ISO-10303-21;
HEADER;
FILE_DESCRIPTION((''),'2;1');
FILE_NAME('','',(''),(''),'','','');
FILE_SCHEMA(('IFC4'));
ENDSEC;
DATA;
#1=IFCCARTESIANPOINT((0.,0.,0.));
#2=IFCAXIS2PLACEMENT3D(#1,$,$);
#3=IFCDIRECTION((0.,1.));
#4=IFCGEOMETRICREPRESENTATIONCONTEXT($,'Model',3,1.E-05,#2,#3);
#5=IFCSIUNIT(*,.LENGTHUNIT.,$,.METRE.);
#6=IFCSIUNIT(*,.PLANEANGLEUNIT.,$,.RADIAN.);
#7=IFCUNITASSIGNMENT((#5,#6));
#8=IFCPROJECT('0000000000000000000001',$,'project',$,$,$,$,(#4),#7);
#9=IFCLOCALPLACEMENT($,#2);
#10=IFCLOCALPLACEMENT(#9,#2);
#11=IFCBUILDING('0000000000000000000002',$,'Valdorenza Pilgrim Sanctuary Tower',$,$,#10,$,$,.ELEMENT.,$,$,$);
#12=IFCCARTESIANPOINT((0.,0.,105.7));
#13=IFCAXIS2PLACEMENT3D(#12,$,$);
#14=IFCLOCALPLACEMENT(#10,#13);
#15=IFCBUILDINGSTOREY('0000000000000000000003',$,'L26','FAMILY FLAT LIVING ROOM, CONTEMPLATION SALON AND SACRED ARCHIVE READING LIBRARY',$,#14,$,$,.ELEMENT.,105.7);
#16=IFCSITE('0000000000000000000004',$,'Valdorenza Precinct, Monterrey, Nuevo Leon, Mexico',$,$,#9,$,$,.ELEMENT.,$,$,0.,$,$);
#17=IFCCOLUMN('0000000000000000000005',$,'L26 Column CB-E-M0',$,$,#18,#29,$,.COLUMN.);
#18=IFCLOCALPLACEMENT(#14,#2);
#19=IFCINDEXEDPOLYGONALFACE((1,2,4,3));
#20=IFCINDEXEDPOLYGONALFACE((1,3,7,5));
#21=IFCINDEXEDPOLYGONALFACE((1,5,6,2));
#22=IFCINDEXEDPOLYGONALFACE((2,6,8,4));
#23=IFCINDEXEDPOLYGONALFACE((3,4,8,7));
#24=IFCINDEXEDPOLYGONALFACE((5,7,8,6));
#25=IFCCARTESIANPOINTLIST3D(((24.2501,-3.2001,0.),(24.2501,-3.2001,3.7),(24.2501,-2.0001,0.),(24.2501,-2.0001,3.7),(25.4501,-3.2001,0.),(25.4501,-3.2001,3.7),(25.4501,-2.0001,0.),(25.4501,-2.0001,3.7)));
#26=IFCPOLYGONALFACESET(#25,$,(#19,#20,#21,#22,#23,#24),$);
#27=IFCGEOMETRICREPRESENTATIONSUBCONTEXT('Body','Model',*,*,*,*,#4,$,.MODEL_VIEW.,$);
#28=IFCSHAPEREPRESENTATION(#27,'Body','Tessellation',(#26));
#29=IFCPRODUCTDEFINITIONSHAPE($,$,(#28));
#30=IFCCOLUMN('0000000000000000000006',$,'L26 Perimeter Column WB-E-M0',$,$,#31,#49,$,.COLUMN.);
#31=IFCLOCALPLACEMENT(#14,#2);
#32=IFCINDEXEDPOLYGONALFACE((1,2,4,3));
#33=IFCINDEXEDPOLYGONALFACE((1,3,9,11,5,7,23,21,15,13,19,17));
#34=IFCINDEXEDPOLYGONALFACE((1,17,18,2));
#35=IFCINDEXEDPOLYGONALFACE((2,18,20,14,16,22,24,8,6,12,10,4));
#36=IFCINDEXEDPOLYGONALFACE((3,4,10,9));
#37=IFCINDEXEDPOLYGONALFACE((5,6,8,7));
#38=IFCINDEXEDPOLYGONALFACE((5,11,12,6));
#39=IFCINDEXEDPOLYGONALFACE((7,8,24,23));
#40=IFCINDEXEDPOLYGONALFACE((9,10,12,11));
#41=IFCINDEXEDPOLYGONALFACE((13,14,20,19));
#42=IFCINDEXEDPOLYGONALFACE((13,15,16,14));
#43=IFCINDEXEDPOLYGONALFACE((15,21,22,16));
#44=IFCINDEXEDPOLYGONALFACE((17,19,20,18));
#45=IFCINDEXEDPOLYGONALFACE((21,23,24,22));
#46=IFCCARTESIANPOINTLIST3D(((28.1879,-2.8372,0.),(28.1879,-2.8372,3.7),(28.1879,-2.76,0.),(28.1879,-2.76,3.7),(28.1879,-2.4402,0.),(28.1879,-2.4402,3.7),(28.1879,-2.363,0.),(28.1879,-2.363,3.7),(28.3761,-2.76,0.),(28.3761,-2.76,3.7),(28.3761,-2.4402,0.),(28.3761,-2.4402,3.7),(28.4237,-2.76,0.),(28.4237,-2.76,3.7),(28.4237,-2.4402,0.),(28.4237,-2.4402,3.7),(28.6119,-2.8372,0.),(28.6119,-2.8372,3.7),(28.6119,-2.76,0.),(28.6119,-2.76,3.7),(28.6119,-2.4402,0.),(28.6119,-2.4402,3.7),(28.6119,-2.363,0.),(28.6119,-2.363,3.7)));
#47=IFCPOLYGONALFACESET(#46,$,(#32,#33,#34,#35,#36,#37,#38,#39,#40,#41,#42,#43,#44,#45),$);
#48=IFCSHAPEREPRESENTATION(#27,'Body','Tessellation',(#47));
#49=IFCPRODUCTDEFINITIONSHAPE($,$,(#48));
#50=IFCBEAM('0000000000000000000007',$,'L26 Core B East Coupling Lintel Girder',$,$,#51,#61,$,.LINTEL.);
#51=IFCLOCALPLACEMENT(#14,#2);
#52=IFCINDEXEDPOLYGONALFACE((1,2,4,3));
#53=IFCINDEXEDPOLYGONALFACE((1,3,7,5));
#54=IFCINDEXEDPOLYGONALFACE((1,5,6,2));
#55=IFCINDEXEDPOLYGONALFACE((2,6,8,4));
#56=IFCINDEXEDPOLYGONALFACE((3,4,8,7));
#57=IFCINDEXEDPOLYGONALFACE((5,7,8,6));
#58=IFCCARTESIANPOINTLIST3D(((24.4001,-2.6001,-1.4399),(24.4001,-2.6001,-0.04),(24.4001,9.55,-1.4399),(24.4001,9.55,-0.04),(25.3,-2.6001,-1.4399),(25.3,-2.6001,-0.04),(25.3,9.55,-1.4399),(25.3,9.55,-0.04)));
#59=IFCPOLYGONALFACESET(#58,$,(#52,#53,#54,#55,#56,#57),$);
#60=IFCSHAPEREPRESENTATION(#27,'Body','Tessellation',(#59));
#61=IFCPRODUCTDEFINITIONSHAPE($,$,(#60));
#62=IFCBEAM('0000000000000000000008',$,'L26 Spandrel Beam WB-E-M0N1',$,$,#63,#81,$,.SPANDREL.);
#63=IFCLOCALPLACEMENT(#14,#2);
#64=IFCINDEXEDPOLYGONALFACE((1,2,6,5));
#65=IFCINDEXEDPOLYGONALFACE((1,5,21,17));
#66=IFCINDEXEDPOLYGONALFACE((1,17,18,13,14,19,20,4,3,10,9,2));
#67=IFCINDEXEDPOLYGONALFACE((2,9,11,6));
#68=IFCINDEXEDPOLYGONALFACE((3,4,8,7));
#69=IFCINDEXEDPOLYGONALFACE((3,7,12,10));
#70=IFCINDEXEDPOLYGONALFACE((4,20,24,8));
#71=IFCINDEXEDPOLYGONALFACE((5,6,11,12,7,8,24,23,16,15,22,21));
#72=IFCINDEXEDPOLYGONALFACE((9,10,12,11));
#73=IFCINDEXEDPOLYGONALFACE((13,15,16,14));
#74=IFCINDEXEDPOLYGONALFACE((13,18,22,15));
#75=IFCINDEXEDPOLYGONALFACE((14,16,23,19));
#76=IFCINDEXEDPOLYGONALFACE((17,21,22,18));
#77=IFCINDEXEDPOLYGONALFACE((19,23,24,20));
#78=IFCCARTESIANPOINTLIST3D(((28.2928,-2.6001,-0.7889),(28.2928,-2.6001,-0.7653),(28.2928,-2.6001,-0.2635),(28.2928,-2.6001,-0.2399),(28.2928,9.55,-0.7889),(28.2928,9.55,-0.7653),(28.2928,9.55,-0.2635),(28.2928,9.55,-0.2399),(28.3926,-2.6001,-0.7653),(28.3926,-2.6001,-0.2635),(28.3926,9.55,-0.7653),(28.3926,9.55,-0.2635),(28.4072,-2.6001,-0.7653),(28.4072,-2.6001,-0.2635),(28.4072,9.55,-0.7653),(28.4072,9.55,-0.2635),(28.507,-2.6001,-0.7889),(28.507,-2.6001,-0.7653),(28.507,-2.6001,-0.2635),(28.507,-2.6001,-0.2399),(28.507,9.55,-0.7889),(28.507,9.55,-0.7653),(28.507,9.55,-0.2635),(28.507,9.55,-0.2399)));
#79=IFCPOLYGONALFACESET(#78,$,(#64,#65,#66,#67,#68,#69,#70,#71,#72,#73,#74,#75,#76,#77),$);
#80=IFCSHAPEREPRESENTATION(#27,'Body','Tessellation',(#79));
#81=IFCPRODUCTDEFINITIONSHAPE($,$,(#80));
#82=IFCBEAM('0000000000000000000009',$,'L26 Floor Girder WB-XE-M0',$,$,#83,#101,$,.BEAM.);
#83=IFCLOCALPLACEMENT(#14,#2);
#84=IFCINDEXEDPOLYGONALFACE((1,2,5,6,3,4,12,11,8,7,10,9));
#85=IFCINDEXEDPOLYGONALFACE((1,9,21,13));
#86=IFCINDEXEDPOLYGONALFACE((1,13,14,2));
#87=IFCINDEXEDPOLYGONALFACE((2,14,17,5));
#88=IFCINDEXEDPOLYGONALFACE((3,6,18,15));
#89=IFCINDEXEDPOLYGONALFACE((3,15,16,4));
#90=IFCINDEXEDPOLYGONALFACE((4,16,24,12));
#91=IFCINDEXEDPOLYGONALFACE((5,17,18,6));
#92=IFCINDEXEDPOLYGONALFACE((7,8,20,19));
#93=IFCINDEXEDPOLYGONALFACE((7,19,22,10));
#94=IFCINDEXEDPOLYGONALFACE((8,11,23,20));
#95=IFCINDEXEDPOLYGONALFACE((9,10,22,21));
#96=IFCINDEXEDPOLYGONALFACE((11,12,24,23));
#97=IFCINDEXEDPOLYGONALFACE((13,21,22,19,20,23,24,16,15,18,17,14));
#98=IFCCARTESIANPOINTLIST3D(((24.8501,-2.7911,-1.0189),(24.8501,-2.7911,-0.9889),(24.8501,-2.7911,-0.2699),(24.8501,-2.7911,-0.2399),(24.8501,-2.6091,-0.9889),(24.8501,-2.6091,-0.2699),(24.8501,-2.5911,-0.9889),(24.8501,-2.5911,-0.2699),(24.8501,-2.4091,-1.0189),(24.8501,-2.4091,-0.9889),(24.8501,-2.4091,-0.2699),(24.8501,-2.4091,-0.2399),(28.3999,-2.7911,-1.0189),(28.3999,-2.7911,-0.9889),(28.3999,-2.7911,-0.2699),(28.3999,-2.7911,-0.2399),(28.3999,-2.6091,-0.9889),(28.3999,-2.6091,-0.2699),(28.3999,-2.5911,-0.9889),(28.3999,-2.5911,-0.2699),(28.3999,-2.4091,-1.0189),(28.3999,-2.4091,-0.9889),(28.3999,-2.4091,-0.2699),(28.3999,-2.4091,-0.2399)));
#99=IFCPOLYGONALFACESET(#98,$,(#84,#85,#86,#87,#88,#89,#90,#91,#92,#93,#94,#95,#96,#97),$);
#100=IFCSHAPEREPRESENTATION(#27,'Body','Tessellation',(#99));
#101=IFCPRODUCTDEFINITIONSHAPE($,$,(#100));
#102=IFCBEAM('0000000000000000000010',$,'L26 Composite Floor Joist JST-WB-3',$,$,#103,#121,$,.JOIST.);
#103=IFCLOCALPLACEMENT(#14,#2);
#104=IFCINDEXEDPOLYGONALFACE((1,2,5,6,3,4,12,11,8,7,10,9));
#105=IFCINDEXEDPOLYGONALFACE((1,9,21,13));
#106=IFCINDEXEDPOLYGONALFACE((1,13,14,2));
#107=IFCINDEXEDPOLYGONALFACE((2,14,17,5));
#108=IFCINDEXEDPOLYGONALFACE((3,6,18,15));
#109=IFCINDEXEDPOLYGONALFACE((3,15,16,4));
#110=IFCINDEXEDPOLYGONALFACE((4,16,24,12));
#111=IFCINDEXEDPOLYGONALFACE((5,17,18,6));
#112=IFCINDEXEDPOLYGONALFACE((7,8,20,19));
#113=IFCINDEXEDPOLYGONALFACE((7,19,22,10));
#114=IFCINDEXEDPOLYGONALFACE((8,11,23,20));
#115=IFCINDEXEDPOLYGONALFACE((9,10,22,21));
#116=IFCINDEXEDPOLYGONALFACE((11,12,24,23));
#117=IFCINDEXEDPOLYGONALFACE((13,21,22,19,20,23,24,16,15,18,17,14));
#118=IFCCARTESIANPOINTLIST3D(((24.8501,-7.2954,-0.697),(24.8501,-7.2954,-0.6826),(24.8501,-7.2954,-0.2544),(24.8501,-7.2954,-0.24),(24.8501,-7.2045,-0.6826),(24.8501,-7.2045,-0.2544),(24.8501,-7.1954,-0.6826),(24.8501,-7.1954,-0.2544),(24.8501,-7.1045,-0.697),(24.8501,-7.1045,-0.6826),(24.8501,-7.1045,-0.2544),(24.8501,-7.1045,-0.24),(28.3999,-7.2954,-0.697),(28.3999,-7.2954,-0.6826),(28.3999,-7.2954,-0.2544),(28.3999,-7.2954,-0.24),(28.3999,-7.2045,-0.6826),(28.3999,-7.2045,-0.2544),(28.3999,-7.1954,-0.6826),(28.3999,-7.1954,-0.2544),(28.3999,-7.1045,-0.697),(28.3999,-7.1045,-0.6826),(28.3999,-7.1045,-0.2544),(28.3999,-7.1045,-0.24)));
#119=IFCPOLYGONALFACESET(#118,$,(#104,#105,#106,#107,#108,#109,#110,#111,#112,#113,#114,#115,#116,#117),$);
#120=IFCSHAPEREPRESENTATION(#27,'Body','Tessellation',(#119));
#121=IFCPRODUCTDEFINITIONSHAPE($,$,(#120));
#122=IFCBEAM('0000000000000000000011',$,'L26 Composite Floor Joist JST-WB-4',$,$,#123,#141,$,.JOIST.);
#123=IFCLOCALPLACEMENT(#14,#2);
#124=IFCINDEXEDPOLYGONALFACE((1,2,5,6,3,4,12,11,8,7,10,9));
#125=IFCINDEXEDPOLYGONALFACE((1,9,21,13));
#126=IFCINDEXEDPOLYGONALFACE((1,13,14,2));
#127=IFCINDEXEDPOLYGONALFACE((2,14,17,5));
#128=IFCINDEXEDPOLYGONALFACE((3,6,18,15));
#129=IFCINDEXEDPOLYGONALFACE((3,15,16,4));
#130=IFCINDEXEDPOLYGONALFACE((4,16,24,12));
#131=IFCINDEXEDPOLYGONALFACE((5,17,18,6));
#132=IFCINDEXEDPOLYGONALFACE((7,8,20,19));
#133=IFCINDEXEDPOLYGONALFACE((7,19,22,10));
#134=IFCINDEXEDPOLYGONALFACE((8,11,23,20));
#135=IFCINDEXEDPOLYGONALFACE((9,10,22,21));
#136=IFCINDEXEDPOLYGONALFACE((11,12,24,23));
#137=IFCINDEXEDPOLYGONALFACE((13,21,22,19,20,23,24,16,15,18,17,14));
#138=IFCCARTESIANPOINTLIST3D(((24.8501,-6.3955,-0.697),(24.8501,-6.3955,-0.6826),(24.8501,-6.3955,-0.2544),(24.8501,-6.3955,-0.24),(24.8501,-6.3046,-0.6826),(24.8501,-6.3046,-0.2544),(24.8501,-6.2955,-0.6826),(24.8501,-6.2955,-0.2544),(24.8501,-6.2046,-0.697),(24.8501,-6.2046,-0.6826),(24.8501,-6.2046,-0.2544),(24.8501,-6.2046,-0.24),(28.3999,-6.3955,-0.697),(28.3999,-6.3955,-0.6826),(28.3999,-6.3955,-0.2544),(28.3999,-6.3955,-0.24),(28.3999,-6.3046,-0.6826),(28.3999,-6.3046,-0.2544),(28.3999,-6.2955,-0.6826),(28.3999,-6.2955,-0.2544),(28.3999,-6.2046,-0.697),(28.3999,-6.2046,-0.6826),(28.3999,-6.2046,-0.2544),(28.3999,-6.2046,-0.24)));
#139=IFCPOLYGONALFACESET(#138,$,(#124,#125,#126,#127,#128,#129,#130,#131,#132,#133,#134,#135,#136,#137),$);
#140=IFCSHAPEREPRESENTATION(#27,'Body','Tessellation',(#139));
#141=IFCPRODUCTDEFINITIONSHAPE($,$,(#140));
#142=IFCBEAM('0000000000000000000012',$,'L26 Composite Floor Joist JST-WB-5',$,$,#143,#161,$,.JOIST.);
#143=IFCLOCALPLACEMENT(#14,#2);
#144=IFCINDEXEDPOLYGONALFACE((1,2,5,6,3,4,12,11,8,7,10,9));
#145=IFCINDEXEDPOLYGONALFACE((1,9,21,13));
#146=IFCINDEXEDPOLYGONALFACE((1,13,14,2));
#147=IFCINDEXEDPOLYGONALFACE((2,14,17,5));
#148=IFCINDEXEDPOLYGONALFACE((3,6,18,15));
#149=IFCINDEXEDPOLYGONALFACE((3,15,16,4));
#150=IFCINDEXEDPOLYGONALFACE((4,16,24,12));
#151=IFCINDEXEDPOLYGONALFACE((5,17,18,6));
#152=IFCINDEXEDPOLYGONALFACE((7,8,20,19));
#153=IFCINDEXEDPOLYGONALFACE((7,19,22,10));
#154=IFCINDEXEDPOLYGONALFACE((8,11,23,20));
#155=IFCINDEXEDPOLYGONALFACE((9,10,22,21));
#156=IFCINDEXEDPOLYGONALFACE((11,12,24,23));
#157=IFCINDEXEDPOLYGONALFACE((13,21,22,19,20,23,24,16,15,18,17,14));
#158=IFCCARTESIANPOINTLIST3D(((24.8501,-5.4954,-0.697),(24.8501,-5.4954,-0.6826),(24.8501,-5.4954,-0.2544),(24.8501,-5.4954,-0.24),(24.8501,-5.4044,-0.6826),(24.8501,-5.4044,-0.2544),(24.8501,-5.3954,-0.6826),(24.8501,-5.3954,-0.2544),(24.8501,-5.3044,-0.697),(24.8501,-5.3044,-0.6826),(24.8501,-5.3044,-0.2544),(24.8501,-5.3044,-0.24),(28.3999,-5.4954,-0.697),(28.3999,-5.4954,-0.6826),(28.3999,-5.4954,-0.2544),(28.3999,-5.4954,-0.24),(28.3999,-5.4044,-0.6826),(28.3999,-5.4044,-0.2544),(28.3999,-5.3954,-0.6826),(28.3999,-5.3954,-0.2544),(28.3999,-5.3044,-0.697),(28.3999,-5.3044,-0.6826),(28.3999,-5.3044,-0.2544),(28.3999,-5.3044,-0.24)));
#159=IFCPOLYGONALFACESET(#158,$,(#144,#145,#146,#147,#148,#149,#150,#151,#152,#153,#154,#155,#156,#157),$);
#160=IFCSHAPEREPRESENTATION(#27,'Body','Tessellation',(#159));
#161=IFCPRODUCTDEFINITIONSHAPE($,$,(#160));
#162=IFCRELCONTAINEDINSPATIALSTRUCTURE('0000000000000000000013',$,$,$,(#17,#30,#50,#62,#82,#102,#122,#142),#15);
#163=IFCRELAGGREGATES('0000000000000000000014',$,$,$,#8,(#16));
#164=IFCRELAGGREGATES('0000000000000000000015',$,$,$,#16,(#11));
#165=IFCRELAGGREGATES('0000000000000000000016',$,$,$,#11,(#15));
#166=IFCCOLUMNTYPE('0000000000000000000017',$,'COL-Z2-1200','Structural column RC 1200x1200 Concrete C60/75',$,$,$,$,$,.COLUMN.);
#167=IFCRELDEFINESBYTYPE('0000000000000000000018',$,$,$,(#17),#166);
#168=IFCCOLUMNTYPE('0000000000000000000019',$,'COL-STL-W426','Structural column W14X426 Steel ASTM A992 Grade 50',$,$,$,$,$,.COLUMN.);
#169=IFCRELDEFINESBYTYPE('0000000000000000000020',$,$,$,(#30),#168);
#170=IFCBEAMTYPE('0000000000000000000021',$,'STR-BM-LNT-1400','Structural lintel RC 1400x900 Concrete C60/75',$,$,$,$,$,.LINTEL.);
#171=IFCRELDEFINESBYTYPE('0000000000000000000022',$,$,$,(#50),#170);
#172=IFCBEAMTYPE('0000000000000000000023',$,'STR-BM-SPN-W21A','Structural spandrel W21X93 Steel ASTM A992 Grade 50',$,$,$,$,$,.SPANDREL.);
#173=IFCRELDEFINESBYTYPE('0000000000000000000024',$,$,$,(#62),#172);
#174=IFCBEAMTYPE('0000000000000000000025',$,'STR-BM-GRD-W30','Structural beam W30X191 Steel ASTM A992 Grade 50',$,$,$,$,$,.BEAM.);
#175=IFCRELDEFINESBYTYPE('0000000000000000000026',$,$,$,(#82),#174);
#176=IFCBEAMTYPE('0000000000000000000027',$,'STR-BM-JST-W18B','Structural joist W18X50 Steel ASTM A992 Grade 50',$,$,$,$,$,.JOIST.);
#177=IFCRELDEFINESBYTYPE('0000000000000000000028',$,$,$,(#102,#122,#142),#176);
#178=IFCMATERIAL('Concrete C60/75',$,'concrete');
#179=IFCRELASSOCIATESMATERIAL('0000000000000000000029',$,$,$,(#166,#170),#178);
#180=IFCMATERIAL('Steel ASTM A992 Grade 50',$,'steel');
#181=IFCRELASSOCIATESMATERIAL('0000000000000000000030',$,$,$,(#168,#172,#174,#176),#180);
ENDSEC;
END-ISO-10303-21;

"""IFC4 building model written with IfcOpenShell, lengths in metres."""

from ifc_helpers import new_model, si_unit, direction, frame, origin, origin_2d, place, context, subcontext, project, spatial, rectangle, i_section, extrude, source, transform, mapped, material, material_profile, profile_set, type_object, element, save


model = new_model("IFC4")

# Units and contexts
model_context = context("Model", 3, precision=1e-05, world=origin(), true_north=direction((0.0, 1.0)))
body_context = subcontext(model_context, "Body", "Model", "MODEL_VIEW")
ifc_project = project(units=[si_unit("LENGTHUNIT", "METRE"), si_unit("PLANEANGLEUNIT", "RADIAN")], contexts=[model_context])

# Site, building, storey
site_placement = place(None, origin())
site = spatial("IfcSite", under=ifc_project, at=site_placement, Name="Valdorenza Precinct, Monterrey, Nuevo Leon, Mexico", CompositionType="ELEMENT", RefElevation=0.0)
building_placement = place(site_placement, origin())
building = spatial("IfcBuilding", under=site, at=building_placement, Name="Valdorenza Pilgrim Sanctuary Tower", CompositionType="ELEMENT")
storey_placement = place(building_placement, frame((0.0, 0.0, 105.7)))
storey = spatial("IfcBuildingStorey", under=building, at=storey_placement, Name="L26", Description="FAMILY FLAT LIVING ROOM, CONTEMPLATION SALON AND SACRED ARCHIVE READING LIBRARY", CompositionType="ELEMENT", Elevation=105.7)

# Columns
ifc_material_1 = material(Name="Concrete C60/75", Category="concrete")
ifc_material_profile_1 = material_profile(ifc_material_1, rectangle(XDim=1.2, YDim=1.2, at=origin_2d()), Name="RC 1200x1200")
ifc_profile_set_1 = profile_set([ifc_material_profile_1], Name="Concrete C60/75")
column_type_1 = type_object("IfcColumnType", Name="COL-Z2-1200", Description="Structural column RC 1200x1200 Concrete C60/75", PredefinedType="COLUMN", material=ifc_profile_set_1)
shared_shape_1 = source(origin(), body_context, "Body", "SweptSolid", [
    extrude(rectangle(XDim=1.2, YDim=1.2, at=origin_2d()), origin(), (0.0, 0.0, 1.0), 3.7),
])
column_1_placement = place(storey_placement, frame((24.8501, -2.6001, 0.0), z_axis=(0.0, 0.0, 1.0), x_axis=(1.0, 0.0, 0.0)))
element("IfcColumn", 1, at=column_1_placement, inside=storey, type_object=column_type_1, Name="L26 Column CB-E-M0", PredefinedType="COLUMN", context=body_context, shape_type="MappedRepresentation", body=[
    mapped(shared_shape_1, transform((0.0, 0.0, 0.0), x_axis=(1.0, 0.0, 0.0), y_axis=(0.0, 1.0, 0.0), z_axis=(0.0, 0.0, 1.0), scale=1.0)),
])
ifc_material_2 = material(Name="Steel ASTM A992 Grade 50", Category="steel")
ifc_material_profile_2 = material_profile(ifc_material_2, i_section(OverallWidth=0.4241, OverallDepth=0.4741, WebThickness=0.0476, FlangeThickness=0.0771, at=origin_2d()), Name="W14X426")
ifc_profile_set_2 = profile_set([ifc_material_profile_2], Name="Steel ASTM A992 Grade 50")
column_type_2 = type_object("IfcColumnType", Name="COL-STL-W426", Description="Structural column W14X426 Steel ASTM A992 Grade 50", PredefinedType="COLUMN", material=ifc_profile_set_2)
shared_shape_2 = source(origin(), body_context, "Body", "SweptSolid", [
    extrude(i_section(OverallWidth=0.4241, OverallDepth=0.4741, WebThickness=0.0476, FlangeThickness=0.0771, at=origin_2d()), origin(), (0.0, 0.0, 1.0), 3.7),
])
column_2_placement = place(storey_placement, frame((28.3999, -2.6001, 0.0), z_axis=(0.0, 0.0, 1.0), x_axis=(1.0, 0.0, 0.0)))
element("IfcColumn", 2, at=column_2_placement, inside=storey, type_object=column_type_2, Name="L26 Perimeter Column WB-E-M0", PredefinedType="COLUMN", context=body_context, shape_type="MappedRepresentation", body=[
    mapped(shared_shape_2, transform((0.0, 0.0, 0.0), x_axis=(1.0, 0.0, 0.0), y_axis=(0.0, 1.0, 0.0), z_axis=(0.0, 0.0, 1.0), scale=1.0)),
])

# Beams
ifc_material_profile_3 = material_profile(ifc_material_1, rectangle(XDim=0.8999, YDim=1.3999, at=origin_2d()), Name="RC 1400x900")
ifc_profile_set_3 = profile_set([ifc_material_profile_3], Name="Concrete C60/75")
beam_type_1 = type_object("IfcBeamType", Name="STR-BM-LNT-1400", Description="Structural lintel RC 1400x900 Concrete C60/75", PredefinedType="LINTEL", material=ifc_profile_set_3)
shared_shape_3 = source(origin(), body_context, "Body", "SweptSolid", [
    extrude(rectangle(XDim=0.8999, YDim=1.3999, at=origin_2d()), origin(), (0.0, 0.0, 1.0), 12.1501),
])
beam_1_placement = place(storey_placement, frame((24.8501, -2.6001, -0.74), z_axis=(0.0, 1.0, 0.0), x_axis=(-1.0, 0.0, 0.0)))
element("IfcBeam", 3, at=beam_1_placement, inside=storey, type_object=beam_type_1, Name="L26 Core B East Coupling Lintel Girder", PredefinedType="LINTEL", context=body_context, shape_type="MappedRepresentation", body=[
    mapped(shared_shape_3, transform((0.0, 0.0, 0.0), x_axis=(1.0, 0.0, 0.0), y_axis=(0.0, 1.0, 0.0), z_axis=(0.0, 0.0, 1.0), scale=1.0)),
])
ifc_material_profile_4 = material_profile(ifc_material_2, i_section(OverallWidth=0.2141, OverallDepth=0.5491, WebThickness=0.0146, FlangeThickness=0.0237, at=origin_2d()), Name="W21X93")
ifc_profile_set_4 = profile_set([ifc_material_profile_4], Name="Steel ASTM A992 Grade 50")
beam_type_2 = type_object("IfcBeamType", Name="STR-BM-SPN-W21A", Description="Structural spandrel W21X93 Steel ASTM A992 Grade 50", PredefinedType="SPANDREL", material=ifc_profile_set_4)
shared_shape_4 = source(origin(), body_context, "Body", "SweptSolid", [
    extrude(i_section(OverallWidth=0.2141, OverallDepth=0.5491, WebThickness=0.0146, FlangeThickness=0.0237, at=origin_2d()), origin(), (0.0, 0.0, 1.0), 12.1501),
])
beam_2_placement = place(storey_placement, frame((28.3999, -2.6001, -0.5144), z_axis=(0.0, 1.0, 0.0), x_axis=(-1.0, 0.0, 0.0)))
element("IfcBeam", 4, at=beam_2_placement, inside=storey, type_object=beam_type_2, Name="L26 Spandrel Beam WB-E-M0N1", PredefinedType="SPANDREL", context=body_context, shape_type="MappedRepresentation", body=[
    mapped(shared_shape_4, transform((0.0, 0.0, 0.0), x_axis=(1.0, 0.0, 0.0), y_axis=(0.0, 1.0, 0.0), z_axis=(0.0, 0.0, 1.0), scale=1.0)),
])
ifc_material_profile_5 = material_profile(ifc_material_2, i_section(OverallWidth=0.3821, OverallDepth=0.7791, WebThickness=0.0181, FlangeThickness=0.03, at=origin_2d()), Name="W30X191")
ifc_profile_set_5 = profile_set([ifc_material_profile_5], Name="Steel ASTM A992 Grade 50")
beam_type_3 = type_object("IfcBeamType", Name="STR-BM-GRD-W30", Description="Structural beam W30X191 Steel ASTM A992 Grade 50", PredefinedType="BEAM", material=ifc_profile_set_5)
shared_shape_5 = source(origin(), body_context, "Body", "SweptSolid", [
    extrude(i_section(OverallWidth=0.3821, OverallDepth=0.7791, WebThickness=0.0181, FlangeThickness=0.03, at=origin_2d()), origin(), (0.0, 0.0, 1.0), 3.5498),
])
beam_3_placement = place(storey_placement, frame((24.8501, -2.6001, -0.6294), z_axis=(1.0, 0.0, 0.0), x_axis=(0.0, 1.0, 0.0)))
element("IfcBeam", 5, at=beam_3_placement, inside=storey, type_object=beam_type_3, Name="L26 Floor Girder WB-XE-M0", PredefinedType="BEAM", context=body_context, shape_type="MappedRepresentation", body=[
    mapped(shared_shape_5, transform((0.0, 0.0, 0.0), x_axis=(1.0, 0.0, 0.0), y_axis=(0.0, 1.0, 0.0), z_axis=(0.0, 0.0, 1.0), scale=1.0)),
])
ifc_material_profile_6 = material_profile(ifc_material_2, i_section(OverallWidth=0.1909, OverallDepth=0.457, WebThickness=0.009, FlangeThickness=0.0144, at=origin_2d()), Name="W18X50")
ifc_profile_set_6 = profile_set([ifc_material_profile_6], Name="Steel ASTM A992 Grade 50")
beam_type_4 = type_object("IfcBeamType", Name="STR-BM-JST-W18B", Description="Structural joist W18X50 Steel ASTM A992 Grade 50", PredefinedType="JOIST", material=ifc_profile_set_6)
shared_shape_6 = source(origin(), body_context, "Body", "SweptSolid", [
    extrude(i_section(OverallWidth=0.1909, OverallDepth=0.457, WebThickness=0.009, FlangeThickness=0.0144, at=origin_2d()), origin(), (0.0, 0.0, 1.0), 3.5498),
])
for number, where, z_axis, x_axis, name in (
    (6, (24.8501, -7.2, -0.4685), (1.0, 0.0, 0.0), (0.0, 1.0, 0.0), "L26 Composite Floor Joist JST-WB-3"),
    (7, (24.8501, -6.3, -0.4685), (1.0, 0.0, 0.0), (0.0, 1.0, 0.0), "L26 Composite Floor Joist JST-WB-4"),
    (8, (24.8501, -5.3999, -0.4685), (1.0, 0.0, 0.0), (0.0, 1.0, 0.0), "L26 Composite Floor Joist JST-WB-5"),
):
    element("IfcBeam", number, at=place(storey_placement, frame(where, z_axis=z_axis, x_axis=x_axis)), inside=storey, type_object=beam_type_4, Name=name, PredefinedType="JOIST", context=body_context, shape_type="MappedRepresentation", body=[
        mapped(shared_shape_6, transform((0.0, 0.0, 0.0), x_axis=(1.0, 0.0, 0.0), y_axis=(0.0, 1.0, 0.0), z_axis=(0.0, 0.0, 1.0), scale=1.0)),
    ])

save(model, "model.ifc")
